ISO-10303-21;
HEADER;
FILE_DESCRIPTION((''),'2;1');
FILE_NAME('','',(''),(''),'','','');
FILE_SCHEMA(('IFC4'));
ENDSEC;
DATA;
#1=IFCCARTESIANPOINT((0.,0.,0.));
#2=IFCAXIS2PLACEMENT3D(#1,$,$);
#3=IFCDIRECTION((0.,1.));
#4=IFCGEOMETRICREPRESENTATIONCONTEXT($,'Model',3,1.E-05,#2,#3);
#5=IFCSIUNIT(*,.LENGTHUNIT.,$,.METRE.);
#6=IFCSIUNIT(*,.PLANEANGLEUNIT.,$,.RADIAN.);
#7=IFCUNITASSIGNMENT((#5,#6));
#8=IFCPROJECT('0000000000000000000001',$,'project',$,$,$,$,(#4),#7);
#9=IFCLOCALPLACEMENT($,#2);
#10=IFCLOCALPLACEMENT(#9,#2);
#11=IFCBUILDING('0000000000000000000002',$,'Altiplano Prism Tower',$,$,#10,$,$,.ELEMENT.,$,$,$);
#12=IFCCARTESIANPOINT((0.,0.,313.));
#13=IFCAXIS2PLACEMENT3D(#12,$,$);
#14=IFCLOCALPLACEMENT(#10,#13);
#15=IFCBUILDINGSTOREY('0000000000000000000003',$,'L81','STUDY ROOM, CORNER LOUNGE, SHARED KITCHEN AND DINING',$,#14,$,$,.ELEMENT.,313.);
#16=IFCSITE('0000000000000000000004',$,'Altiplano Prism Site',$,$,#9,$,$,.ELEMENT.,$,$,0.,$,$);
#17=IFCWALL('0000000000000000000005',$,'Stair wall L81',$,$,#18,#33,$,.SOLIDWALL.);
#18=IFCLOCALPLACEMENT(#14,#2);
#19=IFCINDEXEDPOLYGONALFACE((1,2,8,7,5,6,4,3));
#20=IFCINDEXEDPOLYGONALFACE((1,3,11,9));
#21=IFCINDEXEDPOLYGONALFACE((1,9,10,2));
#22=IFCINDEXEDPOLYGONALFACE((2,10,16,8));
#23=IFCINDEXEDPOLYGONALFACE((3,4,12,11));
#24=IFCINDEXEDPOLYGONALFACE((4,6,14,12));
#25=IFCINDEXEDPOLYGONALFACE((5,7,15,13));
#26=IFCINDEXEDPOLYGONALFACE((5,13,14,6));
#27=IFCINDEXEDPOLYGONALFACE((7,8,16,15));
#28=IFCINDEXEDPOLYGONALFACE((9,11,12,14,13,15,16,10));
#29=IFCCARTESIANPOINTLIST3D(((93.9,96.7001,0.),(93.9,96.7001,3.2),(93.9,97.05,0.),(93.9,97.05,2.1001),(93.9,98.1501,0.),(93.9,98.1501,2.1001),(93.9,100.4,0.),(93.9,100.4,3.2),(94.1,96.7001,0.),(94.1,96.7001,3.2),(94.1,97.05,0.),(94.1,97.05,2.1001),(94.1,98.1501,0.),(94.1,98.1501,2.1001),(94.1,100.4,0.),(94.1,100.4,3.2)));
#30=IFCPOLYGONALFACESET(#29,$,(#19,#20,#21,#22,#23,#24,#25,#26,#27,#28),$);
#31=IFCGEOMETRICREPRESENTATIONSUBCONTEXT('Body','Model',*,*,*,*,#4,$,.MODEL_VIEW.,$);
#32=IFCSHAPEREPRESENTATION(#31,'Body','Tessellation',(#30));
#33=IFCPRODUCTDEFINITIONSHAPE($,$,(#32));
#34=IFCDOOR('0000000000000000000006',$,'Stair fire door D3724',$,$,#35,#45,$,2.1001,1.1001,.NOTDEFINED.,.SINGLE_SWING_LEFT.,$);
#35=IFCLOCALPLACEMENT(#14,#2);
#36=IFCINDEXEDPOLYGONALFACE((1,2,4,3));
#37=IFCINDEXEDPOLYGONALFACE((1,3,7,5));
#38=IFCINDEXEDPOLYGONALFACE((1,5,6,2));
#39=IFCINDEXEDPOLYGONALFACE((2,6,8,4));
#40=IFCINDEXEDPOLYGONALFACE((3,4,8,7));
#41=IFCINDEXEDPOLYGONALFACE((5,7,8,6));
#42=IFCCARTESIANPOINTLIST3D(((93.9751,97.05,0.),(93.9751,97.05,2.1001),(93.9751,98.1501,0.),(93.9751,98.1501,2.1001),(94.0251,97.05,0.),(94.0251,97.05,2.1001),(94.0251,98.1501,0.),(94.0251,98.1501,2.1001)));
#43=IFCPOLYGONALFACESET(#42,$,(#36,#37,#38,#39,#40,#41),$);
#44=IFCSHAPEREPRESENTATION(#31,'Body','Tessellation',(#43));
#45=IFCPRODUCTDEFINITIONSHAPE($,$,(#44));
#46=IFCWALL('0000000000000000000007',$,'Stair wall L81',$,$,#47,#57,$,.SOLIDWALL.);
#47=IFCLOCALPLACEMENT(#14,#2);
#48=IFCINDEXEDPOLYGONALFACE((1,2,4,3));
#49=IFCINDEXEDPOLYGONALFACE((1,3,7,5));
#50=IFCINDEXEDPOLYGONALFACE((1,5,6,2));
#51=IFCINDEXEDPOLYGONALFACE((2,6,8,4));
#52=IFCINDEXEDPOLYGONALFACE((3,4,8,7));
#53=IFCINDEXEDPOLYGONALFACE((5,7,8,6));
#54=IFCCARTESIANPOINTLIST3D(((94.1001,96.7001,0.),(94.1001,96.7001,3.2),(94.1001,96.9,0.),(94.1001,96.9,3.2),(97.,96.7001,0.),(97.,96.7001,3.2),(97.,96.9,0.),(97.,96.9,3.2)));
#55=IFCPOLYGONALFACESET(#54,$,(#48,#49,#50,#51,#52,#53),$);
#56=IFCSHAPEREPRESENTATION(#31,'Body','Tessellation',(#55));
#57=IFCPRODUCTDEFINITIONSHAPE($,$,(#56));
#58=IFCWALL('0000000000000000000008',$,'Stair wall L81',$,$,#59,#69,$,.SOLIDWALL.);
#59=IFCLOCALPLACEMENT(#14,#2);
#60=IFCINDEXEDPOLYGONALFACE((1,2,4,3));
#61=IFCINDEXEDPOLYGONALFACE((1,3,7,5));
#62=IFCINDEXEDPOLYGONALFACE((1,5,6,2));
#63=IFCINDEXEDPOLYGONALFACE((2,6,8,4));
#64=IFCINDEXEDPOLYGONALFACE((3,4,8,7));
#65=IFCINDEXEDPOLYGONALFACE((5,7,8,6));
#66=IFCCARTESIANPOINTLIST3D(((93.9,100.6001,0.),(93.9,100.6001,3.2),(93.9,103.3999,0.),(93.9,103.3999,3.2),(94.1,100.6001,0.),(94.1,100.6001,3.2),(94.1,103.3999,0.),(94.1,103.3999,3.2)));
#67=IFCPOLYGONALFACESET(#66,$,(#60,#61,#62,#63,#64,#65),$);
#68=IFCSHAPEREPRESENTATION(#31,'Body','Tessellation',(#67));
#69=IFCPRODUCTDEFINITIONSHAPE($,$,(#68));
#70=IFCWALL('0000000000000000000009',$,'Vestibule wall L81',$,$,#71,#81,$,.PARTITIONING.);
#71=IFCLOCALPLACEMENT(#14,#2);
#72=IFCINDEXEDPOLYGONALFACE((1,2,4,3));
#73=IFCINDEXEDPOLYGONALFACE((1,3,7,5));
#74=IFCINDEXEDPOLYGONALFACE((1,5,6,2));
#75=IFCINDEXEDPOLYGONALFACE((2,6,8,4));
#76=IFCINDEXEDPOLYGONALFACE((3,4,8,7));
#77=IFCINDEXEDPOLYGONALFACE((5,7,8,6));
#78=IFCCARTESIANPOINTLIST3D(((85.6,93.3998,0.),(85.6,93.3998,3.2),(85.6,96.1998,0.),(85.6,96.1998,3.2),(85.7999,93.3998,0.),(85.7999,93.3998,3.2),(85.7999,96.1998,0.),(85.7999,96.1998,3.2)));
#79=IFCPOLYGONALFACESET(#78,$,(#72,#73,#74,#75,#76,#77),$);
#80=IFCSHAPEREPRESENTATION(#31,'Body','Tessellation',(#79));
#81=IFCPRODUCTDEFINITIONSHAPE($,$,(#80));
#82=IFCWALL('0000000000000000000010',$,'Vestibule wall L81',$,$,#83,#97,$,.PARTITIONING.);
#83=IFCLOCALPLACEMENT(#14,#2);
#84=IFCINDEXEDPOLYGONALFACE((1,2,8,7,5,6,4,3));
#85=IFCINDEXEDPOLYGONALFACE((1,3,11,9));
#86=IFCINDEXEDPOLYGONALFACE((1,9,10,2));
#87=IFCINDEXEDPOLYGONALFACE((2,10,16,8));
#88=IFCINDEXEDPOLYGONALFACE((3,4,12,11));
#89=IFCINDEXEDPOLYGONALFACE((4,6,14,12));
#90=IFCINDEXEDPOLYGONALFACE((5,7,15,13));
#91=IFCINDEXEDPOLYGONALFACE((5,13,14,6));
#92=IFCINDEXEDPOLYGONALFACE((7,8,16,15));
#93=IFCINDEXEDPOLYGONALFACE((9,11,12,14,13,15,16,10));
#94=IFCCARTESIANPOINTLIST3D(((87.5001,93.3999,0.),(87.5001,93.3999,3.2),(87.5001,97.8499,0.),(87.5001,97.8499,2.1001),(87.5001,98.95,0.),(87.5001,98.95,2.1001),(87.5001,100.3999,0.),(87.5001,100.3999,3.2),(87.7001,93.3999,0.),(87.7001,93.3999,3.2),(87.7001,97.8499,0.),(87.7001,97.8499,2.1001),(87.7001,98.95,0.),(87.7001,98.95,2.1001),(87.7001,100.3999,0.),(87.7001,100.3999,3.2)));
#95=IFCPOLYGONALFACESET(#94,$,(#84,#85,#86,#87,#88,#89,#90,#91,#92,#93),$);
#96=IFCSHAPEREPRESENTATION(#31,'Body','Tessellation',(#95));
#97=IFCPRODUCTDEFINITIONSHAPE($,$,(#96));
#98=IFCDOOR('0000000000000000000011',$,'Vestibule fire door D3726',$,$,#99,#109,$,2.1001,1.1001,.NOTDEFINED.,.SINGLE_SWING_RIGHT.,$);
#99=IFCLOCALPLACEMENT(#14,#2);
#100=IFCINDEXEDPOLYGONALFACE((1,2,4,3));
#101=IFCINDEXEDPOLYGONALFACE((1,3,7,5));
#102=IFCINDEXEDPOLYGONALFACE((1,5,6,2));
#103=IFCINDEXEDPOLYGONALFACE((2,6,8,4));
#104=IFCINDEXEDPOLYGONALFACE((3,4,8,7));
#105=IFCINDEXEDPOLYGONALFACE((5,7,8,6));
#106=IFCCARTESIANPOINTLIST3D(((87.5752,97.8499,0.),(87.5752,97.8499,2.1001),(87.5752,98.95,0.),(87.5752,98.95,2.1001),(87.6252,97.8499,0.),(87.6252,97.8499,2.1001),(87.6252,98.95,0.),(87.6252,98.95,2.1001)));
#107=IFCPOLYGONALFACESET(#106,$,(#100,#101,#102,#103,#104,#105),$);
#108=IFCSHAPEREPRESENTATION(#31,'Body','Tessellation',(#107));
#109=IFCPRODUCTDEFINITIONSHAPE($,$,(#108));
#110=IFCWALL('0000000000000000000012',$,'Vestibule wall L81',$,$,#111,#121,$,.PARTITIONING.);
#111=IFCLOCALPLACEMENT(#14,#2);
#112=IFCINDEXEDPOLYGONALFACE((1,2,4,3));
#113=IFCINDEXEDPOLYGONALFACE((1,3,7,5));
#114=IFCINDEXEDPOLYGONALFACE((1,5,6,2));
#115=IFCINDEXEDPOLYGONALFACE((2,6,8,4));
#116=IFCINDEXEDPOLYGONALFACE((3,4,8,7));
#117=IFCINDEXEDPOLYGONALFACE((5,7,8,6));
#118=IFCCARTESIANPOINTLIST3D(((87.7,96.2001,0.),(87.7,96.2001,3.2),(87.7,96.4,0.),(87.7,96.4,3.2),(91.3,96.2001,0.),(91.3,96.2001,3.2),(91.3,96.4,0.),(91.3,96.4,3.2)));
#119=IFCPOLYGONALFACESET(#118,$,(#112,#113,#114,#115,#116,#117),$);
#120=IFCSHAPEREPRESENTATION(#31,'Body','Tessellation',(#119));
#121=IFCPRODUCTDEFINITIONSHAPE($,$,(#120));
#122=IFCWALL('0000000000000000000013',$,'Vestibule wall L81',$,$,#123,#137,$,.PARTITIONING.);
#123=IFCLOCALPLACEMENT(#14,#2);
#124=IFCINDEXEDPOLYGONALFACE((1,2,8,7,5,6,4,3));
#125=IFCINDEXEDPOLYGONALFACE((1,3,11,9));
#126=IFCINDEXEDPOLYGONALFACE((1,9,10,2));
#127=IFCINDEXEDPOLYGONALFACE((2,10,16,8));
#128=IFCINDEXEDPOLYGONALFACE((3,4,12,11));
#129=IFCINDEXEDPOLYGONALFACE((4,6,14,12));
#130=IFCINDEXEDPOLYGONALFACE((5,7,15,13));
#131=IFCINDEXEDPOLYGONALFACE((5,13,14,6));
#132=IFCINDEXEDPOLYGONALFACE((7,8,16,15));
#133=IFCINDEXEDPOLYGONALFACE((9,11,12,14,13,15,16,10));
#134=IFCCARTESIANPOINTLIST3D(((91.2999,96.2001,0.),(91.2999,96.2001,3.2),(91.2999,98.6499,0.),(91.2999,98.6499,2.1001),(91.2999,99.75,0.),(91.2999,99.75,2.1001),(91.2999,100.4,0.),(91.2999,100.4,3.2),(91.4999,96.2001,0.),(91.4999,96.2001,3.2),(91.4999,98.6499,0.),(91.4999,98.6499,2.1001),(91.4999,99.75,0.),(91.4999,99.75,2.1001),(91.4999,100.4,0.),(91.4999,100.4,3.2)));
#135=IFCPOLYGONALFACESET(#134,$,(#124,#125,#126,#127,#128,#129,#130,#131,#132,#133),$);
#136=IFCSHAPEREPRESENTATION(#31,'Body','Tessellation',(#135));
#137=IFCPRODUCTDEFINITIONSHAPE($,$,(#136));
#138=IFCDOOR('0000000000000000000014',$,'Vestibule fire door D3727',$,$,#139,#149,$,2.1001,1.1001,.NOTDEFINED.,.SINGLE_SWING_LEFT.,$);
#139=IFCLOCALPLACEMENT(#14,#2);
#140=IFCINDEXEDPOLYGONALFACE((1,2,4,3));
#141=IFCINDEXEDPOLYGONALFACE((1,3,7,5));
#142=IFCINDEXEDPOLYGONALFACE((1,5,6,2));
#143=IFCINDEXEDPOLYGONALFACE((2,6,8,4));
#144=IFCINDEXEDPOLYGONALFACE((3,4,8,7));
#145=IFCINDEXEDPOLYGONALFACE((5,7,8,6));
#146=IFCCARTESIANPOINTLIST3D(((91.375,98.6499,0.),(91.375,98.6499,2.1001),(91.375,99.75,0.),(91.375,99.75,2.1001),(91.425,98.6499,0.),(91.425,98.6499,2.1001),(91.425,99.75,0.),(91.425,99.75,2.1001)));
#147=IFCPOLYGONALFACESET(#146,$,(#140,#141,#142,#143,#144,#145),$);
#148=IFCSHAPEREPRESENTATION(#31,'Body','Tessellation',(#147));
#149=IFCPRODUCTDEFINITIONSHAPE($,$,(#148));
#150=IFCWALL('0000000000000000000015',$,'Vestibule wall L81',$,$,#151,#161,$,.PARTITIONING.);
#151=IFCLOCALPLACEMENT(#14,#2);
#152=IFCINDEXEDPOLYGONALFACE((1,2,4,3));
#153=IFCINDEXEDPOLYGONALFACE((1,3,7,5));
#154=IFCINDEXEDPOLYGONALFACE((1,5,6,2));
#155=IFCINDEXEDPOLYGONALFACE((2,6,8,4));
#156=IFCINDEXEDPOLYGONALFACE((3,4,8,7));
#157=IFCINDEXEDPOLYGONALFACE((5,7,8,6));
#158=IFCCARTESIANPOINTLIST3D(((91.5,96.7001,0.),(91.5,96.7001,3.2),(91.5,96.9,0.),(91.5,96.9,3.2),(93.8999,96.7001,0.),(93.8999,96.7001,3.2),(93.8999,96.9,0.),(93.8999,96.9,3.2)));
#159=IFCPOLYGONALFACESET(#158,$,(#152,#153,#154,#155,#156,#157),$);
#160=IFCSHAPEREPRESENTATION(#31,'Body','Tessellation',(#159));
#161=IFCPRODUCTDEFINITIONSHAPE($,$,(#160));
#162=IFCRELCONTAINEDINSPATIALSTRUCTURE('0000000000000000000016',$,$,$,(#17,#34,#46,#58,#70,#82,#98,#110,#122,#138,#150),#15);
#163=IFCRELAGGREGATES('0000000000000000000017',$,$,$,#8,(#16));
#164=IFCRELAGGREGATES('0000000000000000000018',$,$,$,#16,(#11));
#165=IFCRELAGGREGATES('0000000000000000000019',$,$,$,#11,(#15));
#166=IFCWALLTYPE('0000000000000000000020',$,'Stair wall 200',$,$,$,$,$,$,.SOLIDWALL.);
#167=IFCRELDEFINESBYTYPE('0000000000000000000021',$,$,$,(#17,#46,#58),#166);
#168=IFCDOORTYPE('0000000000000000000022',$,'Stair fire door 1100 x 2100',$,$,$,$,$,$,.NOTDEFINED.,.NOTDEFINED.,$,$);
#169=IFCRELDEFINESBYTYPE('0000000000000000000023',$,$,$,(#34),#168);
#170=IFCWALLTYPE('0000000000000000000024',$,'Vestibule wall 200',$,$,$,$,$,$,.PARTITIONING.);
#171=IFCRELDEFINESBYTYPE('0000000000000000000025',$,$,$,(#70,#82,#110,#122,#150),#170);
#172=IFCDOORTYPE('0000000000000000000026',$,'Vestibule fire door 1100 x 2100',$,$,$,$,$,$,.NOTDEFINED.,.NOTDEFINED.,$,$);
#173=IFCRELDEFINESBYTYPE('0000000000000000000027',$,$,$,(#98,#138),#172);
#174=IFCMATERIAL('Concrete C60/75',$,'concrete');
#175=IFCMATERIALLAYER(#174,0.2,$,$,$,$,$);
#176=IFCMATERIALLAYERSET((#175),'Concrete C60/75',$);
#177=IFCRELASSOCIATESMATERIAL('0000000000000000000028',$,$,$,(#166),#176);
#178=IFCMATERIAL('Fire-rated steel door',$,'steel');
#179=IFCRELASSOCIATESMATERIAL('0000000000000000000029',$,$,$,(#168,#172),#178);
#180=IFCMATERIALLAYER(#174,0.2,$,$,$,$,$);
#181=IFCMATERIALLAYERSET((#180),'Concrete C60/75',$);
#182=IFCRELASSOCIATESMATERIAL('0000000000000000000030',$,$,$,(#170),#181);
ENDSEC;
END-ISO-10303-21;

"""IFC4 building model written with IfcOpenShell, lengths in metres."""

from ifc_helpers import new_model, si_unit, direction, frame, frame_2d, origin, place, context, subcontext, project, spatial, rectangle, extrude, material, layer, layer_set, type_object, element, fill, save


model = new_model("IFC4")

# Units and contexts
model_context = context("Model", 3, precision=1e-05, world=origin(), true_north=direction((0.0, 1.0)))
body_context = subcontext(model_context, "Body", "Model", "MODEL_VIEW")
ifc_project = project(units=[si_unit("LENGTHUNIT", "METRE"), si_unit("PLANEANGLEUNIT", "RADIAN")], contexts=[model_context])

# Site, building, storey
site_placement = place(None, origin())
site = spatial("IfcSite", under=ifc_project, at=site_placement, Name="Altiplano Prism Site", CompositionType="ELEMENT", RefElevation=0.0)
building_placement = place(site_placement, origin())
building = spatial("IfcBuilding", under=site, at=building_placement, Name="Altiplano Prism Tower", CompositionType="ELEMENT")
storey_placement = place(building_placement, frame((0.0, 0.0, 313.0)))
storey = spatial("IfcBuildingStorey", under=building, at=storey_placement, Name="L81", Description="STUDY ROOM, CORNER LOUNGE, SHARED KITCHEN AND DINING", CompositionType="ELEMENT", Elevation=313.0)

# Shared definitions
ifc_material_1 = material(Name="Concrete C60/75", Category="concrete")

# Wall, opening, door
ifc_layer_1 = layer(ifc_material_1, 0.2)
ifc_layer_set_1 = layer_set([ifc_layer_1], Name="Concrete C60/75")
wall_type_1 = type_object("IfcWallType", Name="Stair wall 200", PredefinedType="SOLIDWALL", material=ifc_layer_set_1)
wall_1_placement = place(storey_placement, frame((94.0, 96.7, 0.0), z_axis=(0.0, 0.0, 1.0), x_axis=(0.0, 1.0, 0.0)))
wall_1 = element("IfcWall", 1, at=wall_1_placement, inside=storey, type_object=wall_type_1, Name="Stair wall L81", PredefinedType="SOLIDWALL", context=body_context, shape_type="SweptSolid", body=[
    extrude(rectangle(XDim=3.7, YDim=0.2, at=frame_2d((1.8501, 0.0))), origin(), (0.0, 0.0, 1.0), 3.2),
])
opening_1_placement = place(wall_1_placement, frame((0.3501, 0.0, 0.0)))
opening_1 = element("IfcOpeningElement", 2, at=opening_1_placement, cuts=wall_1, PredefinedType="OPENING", context=body_context, shape_type="SweptSolid", body=[
    extrude(rectangle(XDim=1.1001, YDim=2.1001, at=frame_2d((0.55, 1.05))), frame((0.0, 0.1104, 0.0), z_axis=(0.0, -1.0, 0.0), x_axis=(1.0, 0.0, 0.0)), (0.0, 0.0, 1.0), 0.2209),
])
ifc_material_2 = material(Name="Fire-rated steel door", Category="steel")
door_type_1 = type_object("IfcDoorType", Name="Stair fire door 1100 x 2100", OperationType="NOTDEFINED", PredefinedType="NOTDEFINED", material=ifc_material_2)
door_1_placement = place(opening_1_placement, origin())
door_1 = element("IfcDoor", 3, at=door_1_placement, inside=storey, type_object=door_type_1, Name="Stair fire door D3724", OperationType="SINGLE_SWING_LEFT", OverallHeight=2.1001, OverallWidth=1.1001, PredefinedType="NOTDEFINED", context=body_context, shape_type="SweptSolid", body=[
    extrude(rectangle(XDim=1.1001, YDim=2.1001, at=frame_2d((0.55, 1.05))), frame((0.0, 0.0249, 0.0), z_axis=(0.0, -1.0, 0.0), x_axis=(1.0, 0.0, 0.0)), (0.0, 0.0, 1.0), 0.05),
])
fill(opening_1, door_1)

# Walls
wall_2_placement = place(storey_placement, frame((94.1001, 96.8, 0.0), z_axis=(0.0, 0.0, 1.0), x_axis=(1.0, 0.0, 0.0)))
element("IfcWall", 4, at=wall_2_placement, inside=storey, type_object=wall_type_1, Name="Stair wall L81", PredefinedType="SOLIDWALL", context=body_context, shape_type="SweptSolid", body=[
    extrude(rectangle(XDim=2.8999, YDim=0.2, at=frame_2d((1.45, 0.0))), origin(), (0.0, 0.0, 1.0), 3.2),
])
wall_3_placement = place(storey_placement, frame((94.0, 100.6001, 0.0), z_axis=(0.0, 0.0, 1.0), x_axis=(0.0, 1.0, 0.0)))
element("IfcWall", 5, at=wall_3_placement, inside=storey, type_object=wall_type_1, Name="Stair wall L81", PredefinedType="SOLIDWALL", context=body_context, shape_type="SweptSolid", body=[
    extrude(rectangle(XDim=2.7998, YDim=0.2, at=frame_2d((1.3999, 0.0))), origin(), (0.0, 0.0, 1.0), 3.2),
])
ifc_layer_2 = layer(ifc_material_1, 0.2)
ifc_layer_set_2 = layer_set([ifc_layer_2], Name="Concrete C60/75")
wall_type_2 = type_object("IfcWallType", Name="Vestibule wall 200", PredefinedType="PARTITIONING", material=ifc_layer_set_2)
wall_4_placement = place(storey_placement, frame((85.7, 93.3999, 0.0), z_axis=(0.0, 0.0, 1.0), x_axis=(0.0, 1.0, 0.0)))
element("IfcWall", 6, at=wall_4_placement, inside=storey, type_object=wall_type_2, Name="Vestibule wall L81", PredefinedType="PARTITIONING", context=body_context, shape_type="SweptSolid", body=[
    extrude(rectangle(XDim=2.8, YDim=0.2, at=frame_2d((1.3999, 0.0))), origin(), (0.0, 0.0, 1.0), 3.2),
])

# Wall, opening, door
wall_5_placement = place(storey_placement, frame((87.6001, 93.3999, 0.0), z_axis=(0.0, 0.0, 1.0), x_axis=(0.0, 1.0, 0.0)))
wall_5 = element("IfcWall", 7, at=wall_5_placement, inside=storey, type_object=wall_type_2, Name="Vestibule wall L81", PredefinedType="PARTITIONING", context=body_context, shape_type="SweptSolid", body=[
    extrude(rectangle(XDim=7.0, YDim=0.2, at=frame_2d((3.5, 0.0))), origin(), (0.0, 0.0, 1.0), 3.2),
])
opening_2_placement = place(wall_5_placement, frame((4.45, 0.0, 0.0)))
opening_2 = element("IfcOpeningElement", 8, at=opening_2_placement, cuts=wall_5, PredefinedType="OPENING", context=body_context, shape_type="SweptSolid", body=[
    extrude(rectangle(XDim=1.1001, YDim=2.1001, at=frame_2d((0.55, 1.05))), frame((0.0, 0.1104, 0.0), z_axis=(0.0, -1.0, 0.0), x_axis=(1.0, 0.0, 0.0)), (0.0, 0.0, 1.0), 0.2209),
])
door_type_2 = type_object("IfcDoorType", Name="Vestibule fire door 1100 x 2100", OperationType="NOTDEFINED", PredefinedType="NOTDEFINED", material=ifc_material_2)
door_2_placement = place(opening_2_placement, origin())
door_2 = element("IfcDoor", 9, at=door_2_placement, inside=storey, type_object=door_type_2, Name="Vestibule fire door D3726", OperationType="SINGLE_SWING_RIGHT", OverallHeight=2.1001, OverallWidth=1.1001, PredefinedType="NOTDEFINED", context=body_context, shape_type="SweptSolid", body=[
    extrude(rectangle(XDim=1.1001, YDim=2.1001, at=frame_2d((0.55, 1.05))), frame((0.0, 0.0249, 0.0), z_axis=(0.0, -1.0, 0.0), x_axis=(1.0, 0.0, 0.0)), (0.0, 0.0, 1.0), 0.05),
])
fill(opening_2, door_2)

# Wall
wall_6_placement = place(storey_placement, frame((87.7, 96.3, 0.0), z_axis=(0.0, 0.0, 1.0), x_axis=(1.0, 0.0, 0.0)))
element("IfcWall", 10, at=wall_6_placement, inside=storey, type_object=wall_type_2, Name="Vestibule wall L81", PredefinedType="PARTITIONING", context=body_context, shape_type="SweptSolid", body=[
    extrude(rectangle(XDim=3.6001, YDim=0.2, at=frame_2d((1.8, 0.0))), origin(), (0.0, 0.0, 1.0), 3.2),
])

# Wall, opening, door
wall_7_placement = place(storey_placement, frame((91.3999, 96.2, 0.0), z_axis=(0.0, 0.0, 1.0), x_axis=(0.0, 1.0, 0.0)))
wall_7 = element("IfcWall", 11, at=wall_7_placement, inside=storey, type_object=wall_type_2, Name="Vestibule wall L81", PredefinedType="PARTITIONING", context=body_context, shape_type="SweptSolid", body=[
    extrude(rectangle(XDim=4.2, YDim=0.2, at=frame_2d((2.1001, 0.0))), origin(), (0.0, 0.0, 1.0), 3.2),
])
opening_3_placement = place(wall_7_placement, frame((2.45, 0.0, 0.0)))
opening_3 = element("IfcOpeningElement", 12, at=opening_3_placement, cuts=wall_7, PredefinedType="OPENING", context=body_context, shape_type="SweptSolid", body=[
    extrude(rectangle(XDim=1.1001, YDim=2.1001, at=frame_2d((0.55, 1.05))), frame((0.0, 0.1104, 0.0), z_axis=(0.0, -1.0, 0.0), x_axis=(1.0, 0.0, 0.0)), (0.0, 0.0, 1.0), 0.2209),
])
door_3_placement = place(opening_3_placement, origin())
door_3 = element("IfcDoor", 13, at=door_3_placement, inside=storey, type_object=door_type_2, Name="Vestibule fire door D3727", OperationType="SINGLE_SWING_LEFT", OverallHeight=2.1001, OverallWidth=1.1001, PredefinedType="NOTDEFINED", context=body_context, shape_type="SweptSolid", body=[
    extrude(rectangle(XDim=1.1001, YDim=2.1001, at=frame_2d((0.55, 1.05))), frame((0.0, 0.0249, 0.0), z_axis=(0.0, -1.0, 0.0), x_axis=(1.0, 0.0, 0.0)), (0.0, 0.0, 1.0), 0.05),
])
fill(opening_3, door_3)

# Wall
wall_8_placement = place(storey_placement, frame((91.5, 96.8, 0.0), z_axis=(0.0, 0.0, 1.0), x_axis=(1.0, 0.0, 0.0)))
element("IfcWall", 14, at=wall_8_placement, inside=storey, type_object=wall_type_2, Name="Vestibule wall L81", PredefinedType="PARTITIONING", context=body_context, shape_type="SweptSolid", body=[
    extrude(rectangle(XDim=2.3999, YDim=0.2, at=frame_2d((1.2, 0.0))), origin(), (0.0, 0.0, 1.0), 3.2),
])

save(model, "model.ifc")
